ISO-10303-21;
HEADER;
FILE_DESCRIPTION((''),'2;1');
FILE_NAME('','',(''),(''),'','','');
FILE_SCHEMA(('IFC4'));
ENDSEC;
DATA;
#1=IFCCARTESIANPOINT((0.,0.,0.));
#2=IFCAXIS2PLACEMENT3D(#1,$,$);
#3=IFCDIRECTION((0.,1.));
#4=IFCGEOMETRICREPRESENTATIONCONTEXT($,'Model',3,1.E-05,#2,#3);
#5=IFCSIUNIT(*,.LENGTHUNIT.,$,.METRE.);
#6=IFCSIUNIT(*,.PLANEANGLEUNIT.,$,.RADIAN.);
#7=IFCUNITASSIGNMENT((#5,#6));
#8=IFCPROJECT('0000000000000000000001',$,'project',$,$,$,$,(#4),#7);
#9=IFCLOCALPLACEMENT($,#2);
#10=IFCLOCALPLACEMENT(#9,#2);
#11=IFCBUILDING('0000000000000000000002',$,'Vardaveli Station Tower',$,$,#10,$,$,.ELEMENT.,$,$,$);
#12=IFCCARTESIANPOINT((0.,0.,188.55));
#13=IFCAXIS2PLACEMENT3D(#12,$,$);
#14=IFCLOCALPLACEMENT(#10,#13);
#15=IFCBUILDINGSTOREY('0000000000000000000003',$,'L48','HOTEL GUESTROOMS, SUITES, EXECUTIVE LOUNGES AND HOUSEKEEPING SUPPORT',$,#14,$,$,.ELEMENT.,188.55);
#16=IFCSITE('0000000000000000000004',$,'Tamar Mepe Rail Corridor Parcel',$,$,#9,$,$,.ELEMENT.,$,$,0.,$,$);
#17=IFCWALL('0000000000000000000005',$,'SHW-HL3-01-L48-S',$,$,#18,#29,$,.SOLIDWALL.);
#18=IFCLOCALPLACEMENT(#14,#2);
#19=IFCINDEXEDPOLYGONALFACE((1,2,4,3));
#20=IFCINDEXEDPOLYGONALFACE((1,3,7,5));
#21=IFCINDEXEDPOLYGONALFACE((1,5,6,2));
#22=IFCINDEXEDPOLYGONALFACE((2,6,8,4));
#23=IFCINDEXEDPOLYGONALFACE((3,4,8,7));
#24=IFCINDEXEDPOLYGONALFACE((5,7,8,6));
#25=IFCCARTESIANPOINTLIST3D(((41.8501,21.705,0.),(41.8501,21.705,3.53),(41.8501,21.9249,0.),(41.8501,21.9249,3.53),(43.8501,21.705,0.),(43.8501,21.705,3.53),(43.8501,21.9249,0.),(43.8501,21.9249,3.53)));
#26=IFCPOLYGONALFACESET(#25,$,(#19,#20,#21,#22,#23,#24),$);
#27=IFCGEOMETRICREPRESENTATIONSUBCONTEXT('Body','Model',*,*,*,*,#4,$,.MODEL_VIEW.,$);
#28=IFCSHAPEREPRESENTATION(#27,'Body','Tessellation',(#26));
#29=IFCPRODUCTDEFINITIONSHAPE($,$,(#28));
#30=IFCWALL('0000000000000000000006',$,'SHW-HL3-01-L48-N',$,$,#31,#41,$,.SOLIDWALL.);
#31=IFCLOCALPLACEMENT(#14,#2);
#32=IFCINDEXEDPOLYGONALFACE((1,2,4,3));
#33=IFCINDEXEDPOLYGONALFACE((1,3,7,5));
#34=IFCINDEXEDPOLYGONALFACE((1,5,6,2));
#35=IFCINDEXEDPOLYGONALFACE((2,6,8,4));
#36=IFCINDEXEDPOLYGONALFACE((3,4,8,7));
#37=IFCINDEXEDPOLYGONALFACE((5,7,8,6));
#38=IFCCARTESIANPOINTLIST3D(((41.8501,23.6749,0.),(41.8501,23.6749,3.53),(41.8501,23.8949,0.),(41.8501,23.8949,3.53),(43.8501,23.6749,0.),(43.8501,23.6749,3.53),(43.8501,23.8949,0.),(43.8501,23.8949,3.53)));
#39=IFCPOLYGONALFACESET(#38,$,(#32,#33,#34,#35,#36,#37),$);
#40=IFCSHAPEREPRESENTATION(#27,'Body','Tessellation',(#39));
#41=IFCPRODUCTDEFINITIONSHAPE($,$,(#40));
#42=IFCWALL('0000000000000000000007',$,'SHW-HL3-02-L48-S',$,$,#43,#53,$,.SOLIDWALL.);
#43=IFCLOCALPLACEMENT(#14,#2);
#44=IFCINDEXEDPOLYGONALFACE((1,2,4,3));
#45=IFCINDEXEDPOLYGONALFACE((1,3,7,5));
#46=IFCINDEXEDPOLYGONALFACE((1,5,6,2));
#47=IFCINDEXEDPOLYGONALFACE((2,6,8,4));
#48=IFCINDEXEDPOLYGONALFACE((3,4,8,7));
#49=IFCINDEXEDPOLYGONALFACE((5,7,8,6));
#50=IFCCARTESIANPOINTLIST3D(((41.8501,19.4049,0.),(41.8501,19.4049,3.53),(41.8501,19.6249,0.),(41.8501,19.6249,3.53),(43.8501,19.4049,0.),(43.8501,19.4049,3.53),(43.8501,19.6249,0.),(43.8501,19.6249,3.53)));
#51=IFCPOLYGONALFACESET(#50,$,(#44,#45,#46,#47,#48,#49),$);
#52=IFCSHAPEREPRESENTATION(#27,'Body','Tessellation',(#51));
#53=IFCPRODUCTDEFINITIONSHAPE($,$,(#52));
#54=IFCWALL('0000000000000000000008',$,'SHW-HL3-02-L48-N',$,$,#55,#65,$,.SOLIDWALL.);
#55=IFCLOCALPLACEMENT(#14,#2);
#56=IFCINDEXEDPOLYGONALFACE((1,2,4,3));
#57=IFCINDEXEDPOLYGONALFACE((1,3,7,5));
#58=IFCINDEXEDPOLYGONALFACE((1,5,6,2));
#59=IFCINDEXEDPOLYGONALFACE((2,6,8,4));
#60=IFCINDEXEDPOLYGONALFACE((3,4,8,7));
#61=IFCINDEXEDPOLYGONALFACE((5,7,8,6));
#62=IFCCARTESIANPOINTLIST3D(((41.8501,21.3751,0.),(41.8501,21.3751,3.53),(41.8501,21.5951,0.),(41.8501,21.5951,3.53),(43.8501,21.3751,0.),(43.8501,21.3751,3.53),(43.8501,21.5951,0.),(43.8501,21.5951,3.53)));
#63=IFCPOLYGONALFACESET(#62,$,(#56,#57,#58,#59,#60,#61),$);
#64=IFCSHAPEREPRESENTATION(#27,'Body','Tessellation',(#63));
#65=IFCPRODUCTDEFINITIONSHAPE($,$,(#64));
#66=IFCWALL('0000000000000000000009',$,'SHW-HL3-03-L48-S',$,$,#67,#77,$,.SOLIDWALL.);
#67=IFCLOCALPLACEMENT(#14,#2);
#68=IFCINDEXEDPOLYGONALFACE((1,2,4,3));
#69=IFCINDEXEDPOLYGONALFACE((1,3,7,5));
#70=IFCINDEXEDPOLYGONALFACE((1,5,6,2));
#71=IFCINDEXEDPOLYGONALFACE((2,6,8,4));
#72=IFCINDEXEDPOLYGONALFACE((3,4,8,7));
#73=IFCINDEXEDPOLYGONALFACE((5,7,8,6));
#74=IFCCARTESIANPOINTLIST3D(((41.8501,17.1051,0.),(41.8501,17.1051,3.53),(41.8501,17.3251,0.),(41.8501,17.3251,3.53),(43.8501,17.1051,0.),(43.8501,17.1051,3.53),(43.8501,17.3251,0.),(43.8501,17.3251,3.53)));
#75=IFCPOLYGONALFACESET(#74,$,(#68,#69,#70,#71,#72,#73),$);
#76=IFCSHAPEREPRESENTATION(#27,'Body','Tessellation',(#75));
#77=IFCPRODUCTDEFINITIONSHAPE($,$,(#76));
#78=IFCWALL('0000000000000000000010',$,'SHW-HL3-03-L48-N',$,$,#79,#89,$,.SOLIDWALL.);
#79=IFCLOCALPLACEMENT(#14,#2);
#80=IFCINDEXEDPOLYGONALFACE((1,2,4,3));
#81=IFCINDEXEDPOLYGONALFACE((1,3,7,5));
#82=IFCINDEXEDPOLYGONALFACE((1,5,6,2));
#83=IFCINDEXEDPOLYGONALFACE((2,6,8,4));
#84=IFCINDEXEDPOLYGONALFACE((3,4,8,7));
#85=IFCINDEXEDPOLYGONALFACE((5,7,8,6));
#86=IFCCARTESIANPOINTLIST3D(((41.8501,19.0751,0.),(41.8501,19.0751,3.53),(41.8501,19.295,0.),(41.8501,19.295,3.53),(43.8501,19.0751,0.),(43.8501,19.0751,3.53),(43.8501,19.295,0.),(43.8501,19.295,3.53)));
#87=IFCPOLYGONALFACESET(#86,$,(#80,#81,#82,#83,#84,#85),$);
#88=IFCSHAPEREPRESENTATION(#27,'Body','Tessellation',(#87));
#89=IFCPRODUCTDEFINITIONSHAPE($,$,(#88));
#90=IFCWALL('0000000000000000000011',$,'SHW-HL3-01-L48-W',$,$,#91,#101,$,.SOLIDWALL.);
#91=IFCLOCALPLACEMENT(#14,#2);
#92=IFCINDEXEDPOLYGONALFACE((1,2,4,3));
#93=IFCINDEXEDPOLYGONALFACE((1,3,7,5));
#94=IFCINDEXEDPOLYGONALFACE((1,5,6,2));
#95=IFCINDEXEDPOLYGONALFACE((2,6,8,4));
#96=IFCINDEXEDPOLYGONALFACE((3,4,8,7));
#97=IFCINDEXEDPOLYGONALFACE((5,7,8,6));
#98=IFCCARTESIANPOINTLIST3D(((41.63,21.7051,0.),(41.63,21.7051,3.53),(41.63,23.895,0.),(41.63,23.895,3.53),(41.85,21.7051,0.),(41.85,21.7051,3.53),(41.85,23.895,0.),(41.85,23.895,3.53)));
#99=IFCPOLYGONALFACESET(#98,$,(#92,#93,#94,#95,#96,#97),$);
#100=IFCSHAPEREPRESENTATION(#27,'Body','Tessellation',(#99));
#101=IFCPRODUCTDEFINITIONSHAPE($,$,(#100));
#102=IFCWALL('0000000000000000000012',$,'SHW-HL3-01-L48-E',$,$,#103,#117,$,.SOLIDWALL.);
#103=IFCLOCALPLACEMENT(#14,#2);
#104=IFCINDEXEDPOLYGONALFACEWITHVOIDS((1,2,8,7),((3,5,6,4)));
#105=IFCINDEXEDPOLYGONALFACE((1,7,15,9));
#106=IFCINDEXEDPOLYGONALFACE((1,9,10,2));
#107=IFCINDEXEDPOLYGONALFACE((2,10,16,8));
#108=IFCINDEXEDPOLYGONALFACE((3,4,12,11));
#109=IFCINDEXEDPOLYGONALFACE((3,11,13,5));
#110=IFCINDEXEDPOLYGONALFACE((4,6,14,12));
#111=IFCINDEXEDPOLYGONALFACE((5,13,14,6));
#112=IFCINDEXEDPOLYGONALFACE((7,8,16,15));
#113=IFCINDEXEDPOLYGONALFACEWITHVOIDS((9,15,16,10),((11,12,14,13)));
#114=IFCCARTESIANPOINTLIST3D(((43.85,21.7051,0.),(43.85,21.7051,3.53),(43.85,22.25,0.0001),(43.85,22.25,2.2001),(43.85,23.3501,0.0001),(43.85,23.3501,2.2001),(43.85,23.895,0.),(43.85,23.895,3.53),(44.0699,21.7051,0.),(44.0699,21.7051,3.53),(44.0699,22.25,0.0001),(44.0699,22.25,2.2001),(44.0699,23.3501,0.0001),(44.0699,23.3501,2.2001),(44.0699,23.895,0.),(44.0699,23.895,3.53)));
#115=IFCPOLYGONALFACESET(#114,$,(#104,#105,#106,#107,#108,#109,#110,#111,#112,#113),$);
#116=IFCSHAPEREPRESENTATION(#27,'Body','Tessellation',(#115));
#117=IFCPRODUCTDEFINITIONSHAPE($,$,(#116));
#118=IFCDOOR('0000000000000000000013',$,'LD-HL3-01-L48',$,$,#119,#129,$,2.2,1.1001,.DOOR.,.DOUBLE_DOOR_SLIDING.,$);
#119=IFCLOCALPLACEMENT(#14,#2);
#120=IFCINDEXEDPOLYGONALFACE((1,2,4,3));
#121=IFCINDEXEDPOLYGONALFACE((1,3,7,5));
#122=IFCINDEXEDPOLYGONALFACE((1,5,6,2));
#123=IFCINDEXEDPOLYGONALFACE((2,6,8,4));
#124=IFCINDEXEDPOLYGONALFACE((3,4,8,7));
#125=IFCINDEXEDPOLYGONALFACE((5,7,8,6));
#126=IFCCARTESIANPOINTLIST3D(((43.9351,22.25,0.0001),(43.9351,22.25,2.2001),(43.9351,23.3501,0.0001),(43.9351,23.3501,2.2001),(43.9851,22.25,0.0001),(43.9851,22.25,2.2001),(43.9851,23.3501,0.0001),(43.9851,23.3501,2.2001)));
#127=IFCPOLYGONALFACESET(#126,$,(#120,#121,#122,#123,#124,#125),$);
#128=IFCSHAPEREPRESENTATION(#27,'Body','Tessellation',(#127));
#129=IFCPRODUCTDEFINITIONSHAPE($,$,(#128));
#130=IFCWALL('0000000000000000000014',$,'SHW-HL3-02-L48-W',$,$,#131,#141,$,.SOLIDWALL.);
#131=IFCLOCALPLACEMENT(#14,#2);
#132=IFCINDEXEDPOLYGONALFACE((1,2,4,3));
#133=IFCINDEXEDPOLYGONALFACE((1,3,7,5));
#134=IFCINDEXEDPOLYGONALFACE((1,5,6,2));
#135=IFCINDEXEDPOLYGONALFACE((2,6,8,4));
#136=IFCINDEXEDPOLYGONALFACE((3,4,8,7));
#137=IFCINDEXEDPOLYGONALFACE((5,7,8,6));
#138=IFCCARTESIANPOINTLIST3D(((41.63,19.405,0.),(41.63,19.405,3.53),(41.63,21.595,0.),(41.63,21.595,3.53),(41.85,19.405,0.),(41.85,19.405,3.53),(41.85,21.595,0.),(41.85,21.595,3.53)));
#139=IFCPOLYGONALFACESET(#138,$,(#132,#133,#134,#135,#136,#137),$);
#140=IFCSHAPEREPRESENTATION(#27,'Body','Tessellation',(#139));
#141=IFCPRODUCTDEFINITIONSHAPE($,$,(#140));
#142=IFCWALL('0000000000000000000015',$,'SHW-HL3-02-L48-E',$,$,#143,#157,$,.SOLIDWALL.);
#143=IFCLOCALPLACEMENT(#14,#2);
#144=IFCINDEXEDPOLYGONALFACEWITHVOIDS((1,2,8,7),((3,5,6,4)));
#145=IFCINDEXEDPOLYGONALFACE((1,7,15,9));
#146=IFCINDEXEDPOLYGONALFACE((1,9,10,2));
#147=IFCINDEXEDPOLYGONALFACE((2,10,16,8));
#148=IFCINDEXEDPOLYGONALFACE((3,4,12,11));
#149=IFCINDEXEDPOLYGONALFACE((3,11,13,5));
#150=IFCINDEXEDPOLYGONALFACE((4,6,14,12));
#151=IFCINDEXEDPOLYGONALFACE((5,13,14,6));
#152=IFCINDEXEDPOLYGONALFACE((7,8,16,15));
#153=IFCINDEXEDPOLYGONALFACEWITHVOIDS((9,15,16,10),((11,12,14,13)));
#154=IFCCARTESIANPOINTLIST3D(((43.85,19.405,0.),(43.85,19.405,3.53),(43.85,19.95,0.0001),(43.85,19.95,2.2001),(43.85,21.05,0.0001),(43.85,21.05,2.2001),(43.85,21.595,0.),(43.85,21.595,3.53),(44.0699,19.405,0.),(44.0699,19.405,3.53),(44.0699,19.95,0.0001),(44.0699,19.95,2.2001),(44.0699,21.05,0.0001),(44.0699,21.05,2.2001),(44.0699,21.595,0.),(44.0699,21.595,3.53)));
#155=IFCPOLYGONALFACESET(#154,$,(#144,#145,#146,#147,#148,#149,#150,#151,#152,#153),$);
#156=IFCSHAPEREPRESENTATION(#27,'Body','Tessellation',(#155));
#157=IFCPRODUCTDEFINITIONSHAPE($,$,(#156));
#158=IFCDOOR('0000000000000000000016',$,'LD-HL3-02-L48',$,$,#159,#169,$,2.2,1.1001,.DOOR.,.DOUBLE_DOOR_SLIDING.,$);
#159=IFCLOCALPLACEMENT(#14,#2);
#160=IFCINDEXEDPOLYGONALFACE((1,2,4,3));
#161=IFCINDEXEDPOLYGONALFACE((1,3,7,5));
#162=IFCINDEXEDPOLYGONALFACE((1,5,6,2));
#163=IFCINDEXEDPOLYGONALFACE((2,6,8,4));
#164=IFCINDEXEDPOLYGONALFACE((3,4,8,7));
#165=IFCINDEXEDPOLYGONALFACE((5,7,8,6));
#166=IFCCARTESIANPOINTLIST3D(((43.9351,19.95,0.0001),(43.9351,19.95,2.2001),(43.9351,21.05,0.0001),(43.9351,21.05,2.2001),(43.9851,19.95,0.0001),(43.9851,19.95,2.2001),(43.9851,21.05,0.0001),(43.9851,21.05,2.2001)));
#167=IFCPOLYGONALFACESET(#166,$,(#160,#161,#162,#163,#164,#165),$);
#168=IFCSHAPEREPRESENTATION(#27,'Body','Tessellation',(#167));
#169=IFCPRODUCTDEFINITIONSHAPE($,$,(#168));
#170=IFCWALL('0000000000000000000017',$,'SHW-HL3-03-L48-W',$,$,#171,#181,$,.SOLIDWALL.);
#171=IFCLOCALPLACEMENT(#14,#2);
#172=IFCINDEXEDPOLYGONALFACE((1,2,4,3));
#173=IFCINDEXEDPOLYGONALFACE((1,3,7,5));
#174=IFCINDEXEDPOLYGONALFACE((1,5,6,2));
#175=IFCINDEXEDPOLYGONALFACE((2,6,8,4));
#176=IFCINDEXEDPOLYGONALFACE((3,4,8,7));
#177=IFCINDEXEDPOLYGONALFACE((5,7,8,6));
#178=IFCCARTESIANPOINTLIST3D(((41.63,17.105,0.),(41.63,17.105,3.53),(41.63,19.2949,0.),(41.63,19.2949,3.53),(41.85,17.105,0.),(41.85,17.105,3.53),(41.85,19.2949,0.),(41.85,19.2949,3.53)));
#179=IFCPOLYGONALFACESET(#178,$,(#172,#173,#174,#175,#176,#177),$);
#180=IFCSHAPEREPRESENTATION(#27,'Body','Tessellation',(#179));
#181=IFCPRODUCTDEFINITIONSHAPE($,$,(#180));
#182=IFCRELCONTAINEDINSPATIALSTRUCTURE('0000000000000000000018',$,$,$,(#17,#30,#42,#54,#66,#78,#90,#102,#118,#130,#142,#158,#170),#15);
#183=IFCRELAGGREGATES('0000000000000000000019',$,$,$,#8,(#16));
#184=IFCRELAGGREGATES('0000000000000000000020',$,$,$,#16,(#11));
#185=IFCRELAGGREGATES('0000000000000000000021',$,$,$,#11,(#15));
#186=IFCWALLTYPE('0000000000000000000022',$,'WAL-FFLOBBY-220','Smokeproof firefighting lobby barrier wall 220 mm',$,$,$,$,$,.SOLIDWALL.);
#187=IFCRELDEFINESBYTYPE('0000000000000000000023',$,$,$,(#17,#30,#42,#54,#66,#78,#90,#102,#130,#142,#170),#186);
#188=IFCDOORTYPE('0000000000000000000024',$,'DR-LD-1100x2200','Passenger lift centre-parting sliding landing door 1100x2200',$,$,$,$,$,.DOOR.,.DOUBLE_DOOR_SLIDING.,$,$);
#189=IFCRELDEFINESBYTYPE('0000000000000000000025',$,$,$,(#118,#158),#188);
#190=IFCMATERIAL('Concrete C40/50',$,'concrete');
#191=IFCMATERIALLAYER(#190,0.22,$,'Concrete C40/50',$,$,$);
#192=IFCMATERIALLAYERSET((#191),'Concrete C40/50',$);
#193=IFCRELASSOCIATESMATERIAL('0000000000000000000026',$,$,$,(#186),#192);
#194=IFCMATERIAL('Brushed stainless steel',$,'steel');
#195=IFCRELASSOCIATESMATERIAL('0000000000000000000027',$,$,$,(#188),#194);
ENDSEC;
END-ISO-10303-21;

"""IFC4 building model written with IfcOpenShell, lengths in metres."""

from ifc_helpers import new_model, si_unit, direction, frame, frame_2d, origin, place, context, subcontext, project, spatial, rectangle, extrude, source, transform, mapped, material, layer, layer_set, type_object, element, fill, save


model = new_model("IFC4")

# Units and contexts
model_context = context("Model", 3, precision=1e-05, world=origin(), true_north=direction((0.0, 1.0)))
body_context = subcontext(model_context, "Body", "Model", "MODEL_VIEW")
ifc_project = project(units=[si_unit("LENGTHUNIT", "METRE"), si_unit("PLANEANGLEUNIT", "RADIAN")], contexts=[model_context])

# Site, building, storey
site_placement = place(None, origin())
site = spatial("IfcSite", under=ifc_project, at=site_placement, Name="Tamar Mepe Rail Corridor Parcel", CompositionType="ELEMENT", RefElevation=0.0)
building_placement = place(site_placement, origin())
building = spatial("IfcBuilding", under=site, at=building_placement, Name="Vardaveli Station Tower", CompositionType="ELEMENT")
storey_placement = place(building_placement, frame((0.0, 0.0, 188.55)))
storey = spatial("IfcBuildingStorey", under=building, at=storey_placement, Name="L48", Description="HOTEL GUESTROOMS, SUITES, EXECUTIVE LOUNGES AND HOUSEKEEPING SUPPORT", CompositionType="ELEMENT", Elevation=188.55)

# Walls
ifc_material_1 = material(Name="Concrete C40/50", Category="concrete")
ifc_layer_1 = layer(ifc_material_1, 0.22, Name="Concrete C40/50")
ifc_layer_set_1 = layer_set([ifc_layer_1], Name="Concrete C40/50")
wall_type_1 = type_object("IfcWallType", Name="WAL-FFLOBBY-220", Description="Smokeproof firefighting lobby barrier wall 220 mm", PredefinedType="SOLIDWALL", material=ifc_layer_set_1)
shared_shape_1 = source(origin(), body_context, "Body", "SweptSolid", [
    extrude(rectangle(XDim=2.0, YDim=0.22, at=frame_2d((1.0, 0.0))), origin(), (0.0, 0.0, 1.0), 3.53),
])
for number, where, z_axis, x_axis, name in (
    (1, (41.8501, 21.8149, 0.0), (0.0, 0.0, 1.0), (1.0, 0.0, 0.0), "SHW-HL3-01-L48-S"),
    (2, (41.8501, 23.7849, 0.0), (0.0, 0.0, 1.0), (1.0, 0.0, 0.0), "SHW-HL3-01-L48-N"),
    (3, (41.8501, 19.5149, 0.0), (0.0, 0.0, 1.0), (1.0, 0.0, 0.0), "SHW-HL3-02-L48-S"),
    (4, (41.8501, 21.4851, 0.0), (0.0, 0.0, 1.0), (1.0, 0.0, 0.0), "SHW-HL3-02-L48-N"),
    (5, (41.8501, 17.2151, 0.0), (0.0, 0.0, 1.0), (1.0, 0.0, 0.0), "SHW-HL3-03-L48-S"),
    (6, (41.8501, 19.1851, 0.0), (0.0, 0.0, 1.0), (1.0, 0.0, 0.0), "SHW-HL3-03-L48-N"),
):
    element("IfcWall", number, at=place(storey_placement, frame(where, z_axis=z_axis, x_axis=x_axis)), inside=storey, type_object=wall_type_1, Name=name, PredefinedType="SOLIDWALL", context=body_context, shape_type="MappedRepresentation", body=[
        mapped(shared_shape_1, transform((0.0, 0.0, 0.0), scale=1.0)),
    ])
shared_shape_2 = source(origin(), body_context, "Body", "SweptSolid", [
    extrude(rectangle(XDim=2.1899, YDim=0.22, at=frame_2d((1.095, 0.0))), origin(), (0.0, 0.0, 1.0), 3.53),
])
wall_1_placement = place(storey_placement, frame((41.74, 21.7051, 0.0), z_axis=(0.0, 0.0, 1.0), x_axis=(0.0, 1.0, 0.0)))
element("IfcWall", 7, at=wall_1_placement, inside=storey, type_object=wall_type_1, Name="SHW-HL3-01-L48-W", PredefinedType="SOLIDWALL", context=body_context, shape_type="MappedRepresentation", body=[
    mapped(shared_shape_2, transform((0.0, 0.0, 0.0), scale=1.0)),
])

# Wall, opening, door
wall_2_placement = place(storey_placement, frame((43.96, 21.7051, 0.0), z_axis=(0.0, 0.0, 1.0), x_axis=(0.0, 1.0, 0.0)))
wall_2 = element("IfcWall", 8, at=wall_2_placement, inside=storey, type_object=wall_type_1, Name="SHW-HL3-01-L48-E", PredefinedType="SOLIDWALL", context=body_context, shape_type="MappedRepresentation", body=[
    mapped(shared_shape_2, transform((0.0, 0.0, 0.0), scale=1.0)),
])
shared_shape_3 = source(origin(), body_context, "Body", "SweptSolid", [
    extrude(rectangle(XDim=1.1001, YDim=2.2, at=frame_2d((0.55, 1.1001))), frame((0.0, 0.1201, 0.0), z_axis=(0.0, -1.0, 0.0), x_axis=(1.0, 0.0, 0.0)), (0.0, 0.0, 1.0), 0.24),
])
opening_1_placement = place(wall_2_placement, frame((0.5449, 0.0, 0.0)))
opening_1 = element("IfcOpeningElement", 9, at=opening_1_placement, cuts=wall_2, PredefinedType="OPENING", context=body_context, shape_type="MappedRepresentation", body=[
    mapped(shared_shape_3, transform((0.0, 0.0, 0.0), scale=1.0)),
])
ifc_material_2 = material(Name="Brushed stainless steel", Category="steel")
door_type = type_object("IfcDoorType", Name="DR-LD-1100x2200", Description="Passenger lift centre-parting sliding landing door 1100x2200", OperationType="DOUBLE_DOOR_SLIDING", PredefinedType="DOOR", material=ifc_material_2)
shared_shape_4 = source(origin(), body_context, "Body", "SweptSolid", [
    extrude(rectangle(XDim=1.1001, YDim=2.2, at=frame_2d((0.55, 1.1001))), frame((0.0, 0.0249, 0.0), z_axis=(0.0, -1.0, 0.0), x_axis=(1.0, 0.0, 0.0)), (0.0, 0.0, 1.0), 0.05),
])
door_1_placement = place(opening_1_placement, origin())
door_1 = element("IfcDoor", 10, at=door_1_placement, inside=storey, type_object=door_type, Name="LD-HL3-01-L48", OperationType="DOUBLE_DOOR_SLIDING", OverallHeight=2.2, OverallWidth=1.1001, PredefinedType="DOOR", context=body_context, shape_type="MappedRepresentation", body=[
    mapped(shared_shape_4, transform((0.0, 0.0, 0.0), scale=1.0)),
])
fill(opening_1, door_1)

# Wall
wall_3_placement = place(storey_placement, frame((41.74, 19.405, 0.0), z_axis=(0.0, 0.0, 1.0), x_axis=(0.0, 1.0, 0.0)))
element("IfcWall", 11, at=wall_3_placement, inside=storey, type_object=wall_type_1, Name="SHW-HL3-02-L48-W", PredefinedType="SOLIDWALL", context=body_context, shape_type="MappedRepresentation", body=[
    mapped(shared_shape_2, transform((0.0, 0.0, 0.0), scale=1.0)),
])

# Wall, opening, door
wall_4_placement = place(storey_placement, frame((43.96, 19.405, 0.0), z_axis=(0.0, 0.0, 1.0), x_axis=(0.0, 1.0, 0.0)))
wall_4 = element("IfcWall", 12, at=wall_4_placement, inside=storey, type_object=wall_type_1, Name="SHW-HL3-02-L48-E", PredefinedType="SOLIDWALL", context=body_context, shape_type="MappedRepresentation", body=[
    mapped(shared_shape_2, transform((0.0, 0.0, 0.0), scale=1.0)),
])
opening_2_placement = place(wall_4_placement, frame((0.5449, 0.0, 0.0)))
opening_2 = element("IfcOpeningElement", 13, at=opening_2_placement, cuts=wall_4, PredefinedType="OPENING", context=body_context, shape_type="MappedRepresentation", body=[
    mapped(shared_shape_3, transform((0.0, 0.0, 0.0), scale=1.0)),
])
door_2_placement = place(opening_2_placement, origin())
door_2 = element("IfcDoor", 14, at=door_2_placement, inside=storey, type_object=door_type, Name="LD-HL3-02-L48", OperationType="DOUBLE_DOOR_SLIDING", OverallHeight=2.2, OverallWidth=1.1001, PredefinedType="DOOR", context=body_context, shape_type="MappedRepresentation", body=[
    mapped(shared_shape_4, transform((0.0, 0.0, 0.0), scale=1.0)),
])
fill(opening_2, door_2)

# Wall
wall_5_placement = place(storey_placement, frame((41.74, 17.105, 0.0), z_axis=(0.0, 0.0, 1.0), x_axis=(0.0, 1.0, 0.0)))
element("IfcWall", 15, at=wall_5_placement, inside=storey, type_object=wall_type_1, Name="SHW-HL3-03-L48-W", PredefinedType="SOLIDWALL", context=body_context, shape_type="MappedRepresentation", body=[
    mapped(shared_shape_2, transform((0.0, 0.0, 0.0), scale=1.0)),
])

save(model, "model.ifc")
